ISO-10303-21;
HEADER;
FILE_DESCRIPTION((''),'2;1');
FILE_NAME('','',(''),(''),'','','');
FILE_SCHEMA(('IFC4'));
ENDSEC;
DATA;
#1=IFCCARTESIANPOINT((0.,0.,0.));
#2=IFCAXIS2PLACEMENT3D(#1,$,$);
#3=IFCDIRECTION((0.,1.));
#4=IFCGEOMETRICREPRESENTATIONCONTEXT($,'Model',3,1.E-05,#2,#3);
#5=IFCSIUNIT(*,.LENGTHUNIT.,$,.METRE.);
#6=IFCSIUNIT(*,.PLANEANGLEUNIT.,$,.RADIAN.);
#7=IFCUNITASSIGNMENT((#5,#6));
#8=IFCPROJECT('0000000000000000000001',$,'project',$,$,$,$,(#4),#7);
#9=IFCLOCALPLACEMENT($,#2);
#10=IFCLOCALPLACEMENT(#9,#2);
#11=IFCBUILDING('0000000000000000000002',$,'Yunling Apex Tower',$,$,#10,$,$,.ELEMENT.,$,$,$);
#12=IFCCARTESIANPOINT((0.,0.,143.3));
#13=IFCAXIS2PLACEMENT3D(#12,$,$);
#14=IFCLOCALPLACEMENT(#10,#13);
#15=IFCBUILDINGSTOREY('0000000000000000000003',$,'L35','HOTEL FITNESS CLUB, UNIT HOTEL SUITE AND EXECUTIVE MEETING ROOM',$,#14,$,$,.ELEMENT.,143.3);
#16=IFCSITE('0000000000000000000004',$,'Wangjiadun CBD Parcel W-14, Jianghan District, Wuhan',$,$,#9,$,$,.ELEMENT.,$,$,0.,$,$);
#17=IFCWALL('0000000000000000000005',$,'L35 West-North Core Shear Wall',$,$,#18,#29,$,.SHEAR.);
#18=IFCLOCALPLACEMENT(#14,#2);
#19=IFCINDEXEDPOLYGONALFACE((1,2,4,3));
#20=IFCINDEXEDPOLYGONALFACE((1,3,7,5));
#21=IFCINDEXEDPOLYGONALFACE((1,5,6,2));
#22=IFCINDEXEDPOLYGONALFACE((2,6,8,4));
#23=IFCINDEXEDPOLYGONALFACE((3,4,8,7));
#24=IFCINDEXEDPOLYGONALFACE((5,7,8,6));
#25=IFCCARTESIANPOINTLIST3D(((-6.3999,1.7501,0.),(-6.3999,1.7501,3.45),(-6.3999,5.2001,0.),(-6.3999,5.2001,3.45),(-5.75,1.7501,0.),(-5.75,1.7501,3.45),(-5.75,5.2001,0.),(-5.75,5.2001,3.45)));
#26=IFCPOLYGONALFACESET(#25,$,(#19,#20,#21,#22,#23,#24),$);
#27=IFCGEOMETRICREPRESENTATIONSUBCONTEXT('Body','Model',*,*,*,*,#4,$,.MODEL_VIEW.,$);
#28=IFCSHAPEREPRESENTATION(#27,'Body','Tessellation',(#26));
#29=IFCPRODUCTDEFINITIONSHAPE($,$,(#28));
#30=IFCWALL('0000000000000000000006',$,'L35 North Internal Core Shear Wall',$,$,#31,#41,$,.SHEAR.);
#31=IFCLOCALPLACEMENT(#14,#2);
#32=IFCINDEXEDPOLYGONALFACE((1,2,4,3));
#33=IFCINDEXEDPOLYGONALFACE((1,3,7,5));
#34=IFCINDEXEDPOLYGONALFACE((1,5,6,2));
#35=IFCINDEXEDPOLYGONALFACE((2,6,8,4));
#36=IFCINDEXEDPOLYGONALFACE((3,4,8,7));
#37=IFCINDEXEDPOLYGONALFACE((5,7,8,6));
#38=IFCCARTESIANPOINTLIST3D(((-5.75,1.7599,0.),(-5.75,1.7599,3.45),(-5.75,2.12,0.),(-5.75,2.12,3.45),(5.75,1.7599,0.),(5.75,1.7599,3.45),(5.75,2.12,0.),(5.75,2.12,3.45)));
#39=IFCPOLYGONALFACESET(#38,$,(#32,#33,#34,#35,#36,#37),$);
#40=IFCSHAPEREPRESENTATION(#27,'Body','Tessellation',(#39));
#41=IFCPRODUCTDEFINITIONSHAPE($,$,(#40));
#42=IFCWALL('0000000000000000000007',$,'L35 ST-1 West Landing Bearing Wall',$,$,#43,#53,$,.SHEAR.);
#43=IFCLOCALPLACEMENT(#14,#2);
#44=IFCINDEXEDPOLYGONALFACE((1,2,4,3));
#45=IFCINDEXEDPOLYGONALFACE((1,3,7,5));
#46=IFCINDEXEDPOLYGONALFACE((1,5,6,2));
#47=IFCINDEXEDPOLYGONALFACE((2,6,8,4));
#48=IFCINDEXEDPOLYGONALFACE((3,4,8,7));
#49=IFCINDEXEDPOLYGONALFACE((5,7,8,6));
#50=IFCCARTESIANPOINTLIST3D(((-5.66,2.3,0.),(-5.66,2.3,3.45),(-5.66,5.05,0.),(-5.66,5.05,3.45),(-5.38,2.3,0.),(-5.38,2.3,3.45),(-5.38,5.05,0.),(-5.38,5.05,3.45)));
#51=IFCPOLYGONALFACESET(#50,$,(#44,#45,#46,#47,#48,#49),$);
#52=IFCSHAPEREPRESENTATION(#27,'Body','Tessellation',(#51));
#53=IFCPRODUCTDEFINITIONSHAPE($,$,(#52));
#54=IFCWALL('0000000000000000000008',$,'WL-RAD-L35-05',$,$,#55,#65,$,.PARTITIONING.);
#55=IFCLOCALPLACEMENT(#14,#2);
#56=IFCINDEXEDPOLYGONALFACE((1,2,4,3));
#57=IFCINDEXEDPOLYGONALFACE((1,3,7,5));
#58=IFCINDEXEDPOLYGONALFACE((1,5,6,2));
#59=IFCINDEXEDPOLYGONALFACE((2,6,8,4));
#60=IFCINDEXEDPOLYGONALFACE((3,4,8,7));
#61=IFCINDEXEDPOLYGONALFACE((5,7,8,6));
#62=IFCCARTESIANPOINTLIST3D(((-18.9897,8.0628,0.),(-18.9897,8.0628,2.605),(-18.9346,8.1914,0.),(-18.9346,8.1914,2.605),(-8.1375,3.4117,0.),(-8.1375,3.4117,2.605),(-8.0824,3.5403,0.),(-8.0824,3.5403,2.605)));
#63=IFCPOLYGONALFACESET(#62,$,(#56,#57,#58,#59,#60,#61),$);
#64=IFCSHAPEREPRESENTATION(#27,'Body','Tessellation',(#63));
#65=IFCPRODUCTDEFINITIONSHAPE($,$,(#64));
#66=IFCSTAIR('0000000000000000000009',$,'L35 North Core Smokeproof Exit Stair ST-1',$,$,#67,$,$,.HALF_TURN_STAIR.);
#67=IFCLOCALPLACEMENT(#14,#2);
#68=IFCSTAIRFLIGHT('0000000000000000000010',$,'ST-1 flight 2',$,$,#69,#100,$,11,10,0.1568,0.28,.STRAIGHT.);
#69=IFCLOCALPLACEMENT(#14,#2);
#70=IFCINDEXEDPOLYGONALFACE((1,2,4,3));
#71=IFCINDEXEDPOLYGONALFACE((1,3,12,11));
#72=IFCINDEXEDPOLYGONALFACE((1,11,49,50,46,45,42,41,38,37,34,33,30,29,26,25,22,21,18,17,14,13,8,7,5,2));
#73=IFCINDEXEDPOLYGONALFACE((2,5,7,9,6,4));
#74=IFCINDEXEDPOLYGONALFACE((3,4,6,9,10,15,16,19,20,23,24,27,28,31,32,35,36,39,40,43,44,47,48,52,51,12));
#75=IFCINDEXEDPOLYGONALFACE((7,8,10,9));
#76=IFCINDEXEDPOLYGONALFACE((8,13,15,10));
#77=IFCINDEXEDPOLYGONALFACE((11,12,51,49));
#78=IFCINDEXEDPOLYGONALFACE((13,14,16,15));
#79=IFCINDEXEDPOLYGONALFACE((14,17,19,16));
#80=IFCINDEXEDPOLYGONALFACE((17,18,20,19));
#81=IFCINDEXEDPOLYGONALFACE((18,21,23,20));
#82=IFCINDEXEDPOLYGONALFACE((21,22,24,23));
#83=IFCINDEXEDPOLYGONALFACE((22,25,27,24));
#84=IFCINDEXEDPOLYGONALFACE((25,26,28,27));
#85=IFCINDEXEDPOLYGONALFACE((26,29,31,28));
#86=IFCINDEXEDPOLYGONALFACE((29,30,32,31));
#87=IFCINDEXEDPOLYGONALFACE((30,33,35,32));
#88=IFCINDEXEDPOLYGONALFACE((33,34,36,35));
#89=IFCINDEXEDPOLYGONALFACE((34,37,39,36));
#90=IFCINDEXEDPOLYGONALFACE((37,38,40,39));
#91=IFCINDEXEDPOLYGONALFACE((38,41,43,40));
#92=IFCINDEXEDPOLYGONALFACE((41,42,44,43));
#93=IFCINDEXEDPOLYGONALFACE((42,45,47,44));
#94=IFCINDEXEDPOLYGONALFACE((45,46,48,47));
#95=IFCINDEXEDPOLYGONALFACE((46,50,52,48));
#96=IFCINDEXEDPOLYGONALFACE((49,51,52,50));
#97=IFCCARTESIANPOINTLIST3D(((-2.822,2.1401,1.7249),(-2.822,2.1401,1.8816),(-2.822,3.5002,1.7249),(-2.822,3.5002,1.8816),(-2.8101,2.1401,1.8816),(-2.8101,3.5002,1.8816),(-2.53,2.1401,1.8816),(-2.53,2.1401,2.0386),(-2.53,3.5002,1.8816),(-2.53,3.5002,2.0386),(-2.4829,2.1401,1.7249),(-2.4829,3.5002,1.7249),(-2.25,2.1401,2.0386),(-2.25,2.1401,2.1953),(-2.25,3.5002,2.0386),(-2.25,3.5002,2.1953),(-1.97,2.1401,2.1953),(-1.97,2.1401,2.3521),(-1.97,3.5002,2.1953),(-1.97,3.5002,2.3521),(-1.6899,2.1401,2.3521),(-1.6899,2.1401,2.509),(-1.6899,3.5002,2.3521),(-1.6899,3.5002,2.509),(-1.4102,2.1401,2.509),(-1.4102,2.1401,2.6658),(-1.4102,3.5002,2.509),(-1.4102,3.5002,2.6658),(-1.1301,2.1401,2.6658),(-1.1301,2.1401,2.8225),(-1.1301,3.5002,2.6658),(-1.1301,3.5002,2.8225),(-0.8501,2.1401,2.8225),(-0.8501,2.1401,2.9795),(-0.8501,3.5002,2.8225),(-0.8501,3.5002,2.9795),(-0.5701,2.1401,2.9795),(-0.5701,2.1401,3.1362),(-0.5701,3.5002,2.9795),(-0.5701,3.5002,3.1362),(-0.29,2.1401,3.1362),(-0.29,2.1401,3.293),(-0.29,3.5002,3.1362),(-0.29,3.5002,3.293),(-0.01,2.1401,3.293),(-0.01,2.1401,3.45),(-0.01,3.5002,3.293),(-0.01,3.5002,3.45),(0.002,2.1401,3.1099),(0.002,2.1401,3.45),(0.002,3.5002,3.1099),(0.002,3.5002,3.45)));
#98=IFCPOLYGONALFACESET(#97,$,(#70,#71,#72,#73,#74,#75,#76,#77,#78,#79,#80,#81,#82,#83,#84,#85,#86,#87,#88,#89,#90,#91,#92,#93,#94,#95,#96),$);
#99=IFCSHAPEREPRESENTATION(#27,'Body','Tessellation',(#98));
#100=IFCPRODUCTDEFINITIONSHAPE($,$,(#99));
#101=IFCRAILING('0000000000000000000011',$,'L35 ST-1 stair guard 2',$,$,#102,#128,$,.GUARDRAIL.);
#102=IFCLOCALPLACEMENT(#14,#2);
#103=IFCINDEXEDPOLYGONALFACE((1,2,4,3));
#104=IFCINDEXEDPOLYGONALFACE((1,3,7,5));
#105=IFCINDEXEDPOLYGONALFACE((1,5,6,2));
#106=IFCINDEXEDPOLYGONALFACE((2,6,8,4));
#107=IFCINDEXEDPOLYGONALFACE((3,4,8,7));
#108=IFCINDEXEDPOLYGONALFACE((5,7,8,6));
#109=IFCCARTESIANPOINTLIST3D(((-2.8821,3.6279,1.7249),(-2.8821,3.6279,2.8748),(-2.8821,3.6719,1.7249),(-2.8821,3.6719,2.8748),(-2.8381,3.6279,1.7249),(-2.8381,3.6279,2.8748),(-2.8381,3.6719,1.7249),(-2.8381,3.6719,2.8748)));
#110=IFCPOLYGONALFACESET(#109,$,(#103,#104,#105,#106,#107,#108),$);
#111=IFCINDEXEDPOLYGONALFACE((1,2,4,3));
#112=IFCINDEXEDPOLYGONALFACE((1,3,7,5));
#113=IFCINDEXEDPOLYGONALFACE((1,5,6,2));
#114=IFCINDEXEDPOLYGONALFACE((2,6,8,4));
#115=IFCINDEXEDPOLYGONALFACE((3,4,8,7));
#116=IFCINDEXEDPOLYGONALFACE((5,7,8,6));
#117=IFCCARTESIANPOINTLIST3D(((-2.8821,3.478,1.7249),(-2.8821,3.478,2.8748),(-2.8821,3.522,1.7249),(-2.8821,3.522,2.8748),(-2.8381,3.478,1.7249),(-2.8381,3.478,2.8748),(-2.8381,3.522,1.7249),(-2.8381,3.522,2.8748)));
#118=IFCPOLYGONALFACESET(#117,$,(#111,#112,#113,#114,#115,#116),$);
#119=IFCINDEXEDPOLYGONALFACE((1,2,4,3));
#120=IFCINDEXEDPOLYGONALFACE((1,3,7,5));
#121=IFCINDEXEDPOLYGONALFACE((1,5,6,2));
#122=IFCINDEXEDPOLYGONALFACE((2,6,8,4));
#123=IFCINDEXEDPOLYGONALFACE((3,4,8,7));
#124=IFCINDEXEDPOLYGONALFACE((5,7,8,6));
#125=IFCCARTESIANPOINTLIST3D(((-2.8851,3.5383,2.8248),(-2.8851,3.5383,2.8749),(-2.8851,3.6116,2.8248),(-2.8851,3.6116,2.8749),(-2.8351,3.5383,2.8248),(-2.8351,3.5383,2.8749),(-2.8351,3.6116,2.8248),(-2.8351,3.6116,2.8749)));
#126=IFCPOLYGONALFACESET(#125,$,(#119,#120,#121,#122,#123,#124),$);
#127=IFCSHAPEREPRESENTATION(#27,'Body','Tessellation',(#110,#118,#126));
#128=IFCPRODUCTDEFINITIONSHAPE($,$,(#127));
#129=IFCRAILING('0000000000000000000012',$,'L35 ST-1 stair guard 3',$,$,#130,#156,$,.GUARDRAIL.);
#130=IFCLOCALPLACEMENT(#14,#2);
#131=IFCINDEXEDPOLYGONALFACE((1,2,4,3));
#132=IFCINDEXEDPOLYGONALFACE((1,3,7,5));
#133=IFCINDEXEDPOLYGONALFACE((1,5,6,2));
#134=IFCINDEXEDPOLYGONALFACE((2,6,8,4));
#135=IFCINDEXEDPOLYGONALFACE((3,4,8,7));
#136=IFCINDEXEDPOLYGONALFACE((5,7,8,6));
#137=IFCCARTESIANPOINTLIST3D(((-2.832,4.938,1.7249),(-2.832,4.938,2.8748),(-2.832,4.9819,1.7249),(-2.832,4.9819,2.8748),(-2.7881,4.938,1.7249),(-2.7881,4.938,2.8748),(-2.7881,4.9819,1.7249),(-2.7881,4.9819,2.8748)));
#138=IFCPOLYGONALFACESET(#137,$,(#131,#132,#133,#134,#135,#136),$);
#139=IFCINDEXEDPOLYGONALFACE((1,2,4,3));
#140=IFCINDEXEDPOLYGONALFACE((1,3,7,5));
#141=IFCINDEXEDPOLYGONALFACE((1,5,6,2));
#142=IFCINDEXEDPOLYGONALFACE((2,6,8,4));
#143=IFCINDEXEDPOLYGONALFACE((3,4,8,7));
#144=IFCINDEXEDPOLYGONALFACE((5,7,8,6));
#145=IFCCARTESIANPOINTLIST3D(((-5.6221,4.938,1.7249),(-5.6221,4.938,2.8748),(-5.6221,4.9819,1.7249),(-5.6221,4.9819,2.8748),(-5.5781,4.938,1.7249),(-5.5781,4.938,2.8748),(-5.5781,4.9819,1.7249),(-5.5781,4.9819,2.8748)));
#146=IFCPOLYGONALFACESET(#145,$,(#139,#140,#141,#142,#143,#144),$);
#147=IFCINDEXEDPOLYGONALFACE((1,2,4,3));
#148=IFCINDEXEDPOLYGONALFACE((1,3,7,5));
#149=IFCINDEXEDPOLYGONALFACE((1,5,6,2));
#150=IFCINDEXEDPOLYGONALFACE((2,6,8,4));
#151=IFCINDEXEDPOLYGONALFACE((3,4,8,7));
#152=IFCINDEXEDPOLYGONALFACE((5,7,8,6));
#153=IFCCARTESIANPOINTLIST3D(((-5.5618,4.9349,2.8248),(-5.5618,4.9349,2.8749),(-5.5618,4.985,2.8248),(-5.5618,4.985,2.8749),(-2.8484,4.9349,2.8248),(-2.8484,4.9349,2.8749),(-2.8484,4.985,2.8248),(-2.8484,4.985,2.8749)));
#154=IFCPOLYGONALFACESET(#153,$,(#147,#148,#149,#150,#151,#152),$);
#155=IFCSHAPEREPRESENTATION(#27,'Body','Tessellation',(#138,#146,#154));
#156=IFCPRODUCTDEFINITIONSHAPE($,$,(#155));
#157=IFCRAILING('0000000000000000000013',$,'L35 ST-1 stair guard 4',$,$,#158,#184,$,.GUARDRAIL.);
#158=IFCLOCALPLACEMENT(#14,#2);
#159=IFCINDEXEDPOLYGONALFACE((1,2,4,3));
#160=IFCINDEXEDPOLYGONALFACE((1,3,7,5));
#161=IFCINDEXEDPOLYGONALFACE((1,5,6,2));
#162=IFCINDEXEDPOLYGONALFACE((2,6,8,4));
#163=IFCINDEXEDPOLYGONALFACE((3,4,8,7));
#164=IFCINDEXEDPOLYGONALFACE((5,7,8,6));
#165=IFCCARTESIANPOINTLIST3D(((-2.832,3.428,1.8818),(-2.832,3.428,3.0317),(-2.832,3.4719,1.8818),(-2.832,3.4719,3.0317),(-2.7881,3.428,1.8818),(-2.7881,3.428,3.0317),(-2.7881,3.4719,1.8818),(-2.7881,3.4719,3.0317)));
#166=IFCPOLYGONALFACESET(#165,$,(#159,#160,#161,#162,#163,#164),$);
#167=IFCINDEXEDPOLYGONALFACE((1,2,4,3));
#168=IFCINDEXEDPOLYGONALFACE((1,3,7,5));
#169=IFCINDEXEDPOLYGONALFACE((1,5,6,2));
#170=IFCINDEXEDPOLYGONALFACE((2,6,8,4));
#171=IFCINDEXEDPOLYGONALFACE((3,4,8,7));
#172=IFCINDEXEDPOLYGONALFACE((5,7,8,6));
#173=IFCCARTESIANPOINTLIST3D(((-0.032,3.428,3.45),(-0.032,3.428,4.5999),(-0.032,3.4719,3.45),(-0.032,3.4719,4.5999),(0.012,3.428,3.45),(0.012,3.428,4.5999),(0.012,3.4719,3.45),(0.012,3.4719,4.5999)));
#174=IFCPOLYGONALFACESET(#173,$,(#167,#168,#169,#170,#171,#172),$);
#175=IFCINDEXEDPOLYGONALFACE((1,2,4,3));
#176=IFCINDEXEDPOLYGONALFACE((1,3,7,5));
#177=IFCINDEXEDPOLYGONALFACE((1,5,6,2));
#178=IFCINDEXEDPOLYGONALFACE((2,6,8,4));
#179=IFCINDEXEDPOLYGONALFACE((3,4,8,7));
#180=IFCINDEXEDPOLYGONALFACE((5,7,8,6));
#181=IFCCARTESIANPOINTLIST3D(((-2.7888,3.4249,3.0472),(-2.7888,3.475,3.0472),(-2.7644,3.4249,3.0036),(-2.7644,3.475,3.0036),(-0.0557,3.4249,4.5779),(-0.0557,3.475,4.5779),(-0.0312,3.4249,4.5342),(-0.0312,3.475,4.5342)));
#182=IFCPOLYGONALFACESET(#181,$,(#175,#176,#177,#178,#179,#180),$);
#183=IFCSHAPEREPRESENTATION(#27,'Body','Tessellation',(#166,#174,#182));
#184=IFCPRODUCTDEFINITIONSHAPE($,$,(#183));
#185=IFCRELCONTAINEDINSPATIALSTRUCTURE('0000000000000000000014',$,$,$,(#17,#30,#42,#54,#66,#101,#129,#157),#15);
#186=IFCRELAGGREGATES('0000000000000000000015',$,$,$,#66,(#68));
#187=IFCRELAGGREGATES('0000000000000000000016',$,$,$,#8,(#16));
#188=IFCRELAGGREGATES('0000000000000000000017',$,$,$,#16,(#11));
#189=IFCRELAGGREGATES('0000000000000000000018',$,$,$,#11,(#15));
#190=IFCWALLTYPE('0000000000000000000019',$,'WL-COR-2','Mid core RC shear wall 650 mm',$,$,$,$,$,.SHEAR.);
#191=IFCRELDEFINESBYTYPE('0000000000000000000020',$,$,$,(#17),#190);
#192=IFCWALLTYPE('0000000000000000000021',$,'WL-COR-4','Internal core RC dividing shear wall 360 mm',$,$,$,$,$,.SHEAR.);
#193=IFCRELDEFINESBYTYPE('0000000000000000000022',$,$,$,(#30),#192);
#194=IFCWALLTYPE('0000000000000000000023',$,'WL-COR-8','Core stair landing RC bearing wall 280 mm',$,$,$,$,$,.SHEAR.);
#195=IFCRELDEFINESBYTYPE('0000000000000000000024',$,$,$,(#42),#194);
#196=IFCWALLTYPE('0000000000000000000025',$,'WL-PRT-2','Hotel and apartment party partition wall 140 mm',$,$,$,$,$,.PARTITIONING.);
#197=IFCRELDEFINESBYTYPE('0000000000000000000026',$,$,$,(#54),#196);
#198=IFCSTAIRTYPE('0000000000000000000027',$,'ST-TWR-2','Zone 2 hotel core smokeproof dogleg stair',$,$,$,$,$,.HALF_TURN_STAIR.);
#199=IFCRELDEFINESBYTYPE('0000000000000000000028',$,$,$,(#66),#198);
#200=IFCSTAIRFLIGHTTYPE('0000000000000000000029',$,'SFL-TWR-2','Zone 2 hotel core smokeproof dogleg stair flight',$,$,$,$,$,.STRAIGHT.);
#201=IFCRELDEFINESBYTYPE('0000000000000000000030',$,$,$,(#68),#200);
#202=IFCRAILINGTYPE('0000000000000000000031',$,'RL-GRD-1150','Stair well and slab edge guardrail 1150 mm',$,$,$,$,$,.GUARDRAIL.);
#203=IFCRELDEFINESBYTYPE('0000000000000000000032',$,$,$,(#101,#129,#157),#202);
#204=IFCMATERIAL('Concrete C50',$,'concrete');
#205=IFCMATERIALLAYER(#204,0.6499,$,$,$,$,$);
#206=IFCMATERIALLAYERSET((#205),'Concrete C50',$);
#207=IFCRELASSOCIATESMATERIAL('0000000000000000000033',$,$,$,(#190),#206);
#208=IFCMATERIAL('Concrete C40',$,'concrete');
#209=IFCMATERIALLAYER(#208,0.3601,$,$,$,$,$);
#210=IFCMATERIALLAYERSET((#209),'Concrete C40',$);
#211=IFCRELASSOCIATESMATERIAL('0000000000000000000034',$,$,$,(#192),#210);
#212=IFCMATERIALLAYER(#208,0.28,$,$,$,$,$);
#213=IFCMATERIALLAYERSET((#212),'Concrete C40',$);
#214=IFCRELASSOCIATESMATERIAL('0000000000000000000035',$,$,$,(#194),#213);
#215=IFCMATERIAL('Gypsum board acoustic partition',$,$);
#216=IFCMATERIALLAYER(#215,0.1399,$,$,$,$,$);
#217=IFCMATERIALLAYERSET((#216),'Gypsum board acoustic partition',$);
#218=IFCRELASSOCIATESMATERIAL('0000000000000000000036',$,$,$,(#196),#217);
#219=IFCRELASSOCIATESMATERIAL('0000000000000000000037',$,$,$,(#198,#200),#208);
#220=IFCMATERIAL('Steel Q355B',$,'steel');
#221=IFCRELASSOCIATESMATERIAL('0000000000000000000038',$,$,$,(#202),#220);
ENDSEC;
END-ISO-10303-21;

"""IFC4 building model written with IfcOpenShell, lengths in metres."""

from ifc_helpers import new_model, si_unit, direction, frame, frame_2d, origin, origin_2d, place, context, subcontext, project, spatial, polyline, rectangle, outline, extrude, material, layer, layer_set, type_object, element, aggregate, save


model = new_model("IFC4")

# Units and contexts
model_context = context("Model", 3, precision=1e-05, world=origin(), true_north=direction((0.0, 1.0)))
body_context = subcontext(model_context, "Body", "Model", "MODEL_VIEW")
ifc_project = project(units=[si_unit("LENGTHUNIT", "METRE"), si_unit("PLANEANGLEUNIT", "RADIAN")], contexts=[model_context])

# Site, building, storey
site_placement = place(None, origin())
site = spatial("IfcSite", under=ifc_project, at=site_placement, Name="Wangjiadun CBD Parcel W-14, Jianghan District, Wuhan", CompositionType="ELEMENT", RefElevation=0.0)
building_placement = place(site_placement, origin())
building = spatial("IfcBuilding", under=site, at=building_placement, Name="Yunling Apex Tower", CompositionType="ELEMENT")
storey_placement = place(building_placement, frame((0.0, 0.0, 143.3)))
storey = spatial("IfcBuildingStorey", under=building, at=storey_placement, Name="L35", Description="HOTEL FITNESS CLUB, UNIT HOTEL SUITE AND EXECUTIVE MEETING ROOM", CompositionType="ELEMENT", Elevation=143.3)

# Shared definitions
ifc_material_1 = material(Name="Steel Q355B", Category="steel")

# Shared definitions
ifc_material_2 = material(Name="Concrete C50", Category="concrete")
ifc_layer_1 = layer(ifc_material_2, 0.6499)
ifc_layer_set_1 = layer_set([ifc_layer_1], Name="Concrete C50")
wall_type_1 = type_object("IfcWallType", Name="WL-COR-2", Description="Mid core RC shear wall 650 mm", PredefinedType="SHEAR", material=ifc_layer_set_1)

# Walls
wall_1_placement = place(storey_placement, frame((-6.075, 1.75, 0.0), z_axis=(0.0, 0.0, 1.0), x_axis=(0.0, 1.0, 0.0)))
element("IfcWall", 1, at=wall_1_placement, inside=storey, type_object=wall_type_1, Name="L35 West-North Core Shear Wall", PredefinedType="SHEAR", context=body_context, shape_type="SweptSolid", body=[
    extrude(rectangle(XDim=3.45, YDim=0.6499, at=frame_2d((1.7251, 0.0))), origin(), (0.0, 0.0, 1.0), 3.45),
])
ifc_material_3 = material(Name="Concrete C40", Category="concrete")
ifc_layer_2 = layer(ifc_material_3, 0.3601)
ifc_layer_set_2 = layer_set([ifc_layer_2], Name="Concrete C40")
wall_type_2 = type_object("IfcWallType", Name="WL-COR-4", Description="Internal core RC dividing shear wall 360 mm", PredefinedType="SHEAR", material=ifc_layer_set_2)
wall_2_placement = place(storey_placement, frame((-5.75, 1.9399, 0.0), z_axis=(0.0, 0.0, 1.0), x_axis=(1.0, 0.0, 0.0)))
element("IfcWall", 2, at=wall_2_placement, inside=storey, type_object=wall_type_2, Name="L35 North Internal Core Shear Wall", PredefinedType="SHEAR", context=body_context, shape_type="SweptSolid", body=[
    extrude(rectangle(XDim=11.5, YDim=0.3601, at=frame_2d((5.75, 0.0))), origin(), (0.0, 0.0, 1.0), 3.45),
])
ifc_layer_3 = layer(ifc_material_3, 0.28)
ifc_layer_set_3 = layer_set([ifc_layer_3], Name="Concrete C40")
wall_type_3 = type_object("IfcWallType", Name="WL-COR-8", Description="Core stair landing RC bearing wall 280 mm", PredefinedType="SHEAR", material=ifc_layer_set_3)
wall_3_placement = place(storey_placement, frame((-5.52, 2.3, 0.0), z_axis=(0.0, 0.0, 1.0), x_axis=(0.0, 1.0, 0.0)))
element("IfcWall", 3, at=wall_3_placement, inside=storey, type_object=wall_type_3, Name="L35 ST-1 West Landing Bearing Wall", PredefinedType="SHEAR", context=body_context, shape_type="SweptSolid", body=[
    extrude(rectangle(XDim=2.75, YDim=0.28, at=frame_2d((1.375, 0.0))), origin(), (0.0, 0.0, 1.0), 3.45),
])
ifc_material_4 = material(Name="Gypsum board acoustic partition")
ifc_layer_4 = layer(ifc_material_4, 0.1399)
ifc_layer_set_4 = layer_set([ifc_layer_4], Name="Gypsum board acoustic partition")
wall_type_4 = type_object("IfcWallType", Name="WL-PRT-2", Description="Hotel and apartment party partition wall 140 mm", PredefinedType="PARTITIONING", material=ifc_layer_set_4)
wall_4_placement = place(storey_placement, frame((-8.1101, 3.4761, 0.0), z_axis=(0.0, 0.0, 1.0), x_axis=(-0.919141, 0.393929, 0.0)))
element("IfcWall", 4, at=wall_4_placement, inside=storey, type_object=wall_type_4, Name="WL-RAD-L35-05", PredefinedType="PARTITIONING", context=body_context, shape_type="SweptSolid", body=[
    extrude(rectangle(XDim=11.8069, YDim=0.1399, at=frame_2d((5.9033, 0.0))), origin(), (0.0, 0.0, 1.0), 2.605),
])

# Stair, stair flight
stair_type = type_object("IfcStairType", Name="ST-TWR-2", Description="Zone 2 hotel core smokeproof dogleg stair", PredefinedType="HALF_TURN_STAIR", material=ifc_material_3)
stair_placement = place(storey_placement, origin())
stair = element("IfcStair", 5, at=stair_placement, inside=storey, type_object=stair_type, Name="L35 North Core Smokeproof Exit Stair ST-1", PredefinedType="HALF_TURN_STAIR")
stair_flight_type = type_object("IfcStairFlightType", Name="SFL-TWR-2", Description="Zone 2 hotel core smokeproof dogleg stair flight", PredefinedType="STRAIGHT", material=ifc_material_3)
stair_flight_placement = place(storey_placement, frame((-2.8101, 2.8201, 1.7249), z_axis=(0.0, 0.0, 1.0), x_axis=(1.0, 0.0, 0.0)))
stair_flight = element("IfcStairFlight", 6, at=stair_flight_placement, type_object=stair_flight_type, Name="ST-1 flight 2", NumberOfRisers=11, NumberOfTreads=10, PredefinedType="STRAIGHT", RiserHeight=0.1568, TreadLength=0.28, context=body_context, shape_type="SweptSolid", body=[
    extrude(outline(polyline([(-0.012, 0.0), (-0.012, 0.1567), (0.0, 0.1567), (0.28, 0.1567), (0.28, 0.3137), (0.5601, 0.3137), (0.5601, 0.4705), (0.8401, 0.4705), (0.8401, 0.6272), (1.1201, 0.6272), (1.1201, 0.7842), (1.3999, 0.7842), (1.3999, 0.9409), (1.6799, 0.9409), (1.6799, 1.0977), (1.96, 1.0977), (1.96, 1.2546), (2.24, 1.2546), (2.24, 1.4114), (2.52, 1.4114), (2.52, 1.5681), (2.8, 1.5681), (2.8, 1.7251), (2.812, 1.7251), (2.812, 1.385), (0.3271, 0.0), (-0.012, 0.0)])), frame((0.0, 0.6802, 0.0), z_axis=(0.0, -1.0, 0.0), x_axis=(1.0, 0.0, 0.0)), (0.0, 0.0, 1.0), 1.3601),
])
aggregate(stair, [stair_flight])

# Railings
railing_type_1 = type_object("IfcRailingType", Name="RL-GRD-1150", Description="Stair well and slab edge guardrail 1150 mm", PredefinedType="GUARDRAIL", material=ifc_material_1)
railing_1_placement = place(storey_placement, frame((-2.8601, 3.6499, 1.7249)))
element("IfcRailing", 7, at=railing_1_placement, inside=storey, type_object=railing_type_1, Name="L35 ST-1 stair guard 2", PredefinedType="GUARDRAIL", context=body_context, shape_type="SweptSolid", body=[
    extrude(rectangle(XDim=0.0439, YDim=0.0439, at=origin_2d()), origin(), (0.0, 0.0, 1.0), 1.1499),
    extrude(rectangle(XDim=0.0439, YDim=0.0439, at=origin_2d()), frame((0.0, -0.1499, 0.0)), (0.0, 0.0, 1.0), 1.1499),
    extrude(rectangle(XDim=0.05, YDim=0.05, at=origin_2d()), frame((0.0, -0.0383, 1.125), z_axis=(0.0, -1.0, 0.0), x_axis=(1.0, 0.0, 0.0)), (0.0, 0.0, 1.0), 0.0732),
])
railing_2_placement = place(storey_placement, frame((-2.8101, 4.96, 1.7249)))
element("IfcRailing", 8, at=railing_2_placement, inside=storey, type_object=railing_type_1, Name="L35 ST-1 stair guard 3", PredefinedType="GUARDRAIL", context=body_context, shape_type="SweptSolid", body=[
    extrude(rectangle(XDim=0.0439, YDim=0.0439, at=origin_2d()), origin(), (0.0, 0.0, 1.0), 1.1499),
    extrude(rectangle(XDim=0.0439, YDim=0.0439, at=origin_2d()), frame((-2.79, 0.0, 0.0)), (0.0, 0.0, 1.0), 1.1499),
    extrude(rectangle(XDim=0.05, YDim=0.05, at=origin_2d()), frame((-0.0383, 0.0, 1.125), z_axis=(-1.0, 0.0, 0.0), x_axis=(0.0, -1.0, 0.0)), (0.0, 0.0, 1.0), 2.7134),
])
railing_3_placement = place(storey_placement, frame((-2.8101, 3.45, 1.8818)))
element("IfcRailing", 9, at=railing_3_placement, inside=storey, type_object=railing_type_1, Name="L35 ST-1 stair guard 4", PredefinedType="GUARDRAIL", context=body_context, shape_type="SweptSolid", body=[
    extrude(rectangle(XDim=0.0439, YDim=0.0439, at=origin_2d()), origin(), (0.0, 0.0, 1.0), 1.1499),
    extrude(rectangle(XDim=0.0439, YDim=0.0439, at=origin_2d()), frame((2.8, 0.0, 1.5681)), (0.0, 0.0, 1.0), 1.1499),
    extrude(rectangle(XDim=0.05, YDim=0.05, at=origin_2d()), frame((0.0334, 0.0, 1.1436), z_axis=(0.872494, 0.0, 0.488624), x_axis=(0.0, 1.0, 0.0)), (0.0, 0.0, 1.0), 3.1326),
])

save(model, "model.ifc")
